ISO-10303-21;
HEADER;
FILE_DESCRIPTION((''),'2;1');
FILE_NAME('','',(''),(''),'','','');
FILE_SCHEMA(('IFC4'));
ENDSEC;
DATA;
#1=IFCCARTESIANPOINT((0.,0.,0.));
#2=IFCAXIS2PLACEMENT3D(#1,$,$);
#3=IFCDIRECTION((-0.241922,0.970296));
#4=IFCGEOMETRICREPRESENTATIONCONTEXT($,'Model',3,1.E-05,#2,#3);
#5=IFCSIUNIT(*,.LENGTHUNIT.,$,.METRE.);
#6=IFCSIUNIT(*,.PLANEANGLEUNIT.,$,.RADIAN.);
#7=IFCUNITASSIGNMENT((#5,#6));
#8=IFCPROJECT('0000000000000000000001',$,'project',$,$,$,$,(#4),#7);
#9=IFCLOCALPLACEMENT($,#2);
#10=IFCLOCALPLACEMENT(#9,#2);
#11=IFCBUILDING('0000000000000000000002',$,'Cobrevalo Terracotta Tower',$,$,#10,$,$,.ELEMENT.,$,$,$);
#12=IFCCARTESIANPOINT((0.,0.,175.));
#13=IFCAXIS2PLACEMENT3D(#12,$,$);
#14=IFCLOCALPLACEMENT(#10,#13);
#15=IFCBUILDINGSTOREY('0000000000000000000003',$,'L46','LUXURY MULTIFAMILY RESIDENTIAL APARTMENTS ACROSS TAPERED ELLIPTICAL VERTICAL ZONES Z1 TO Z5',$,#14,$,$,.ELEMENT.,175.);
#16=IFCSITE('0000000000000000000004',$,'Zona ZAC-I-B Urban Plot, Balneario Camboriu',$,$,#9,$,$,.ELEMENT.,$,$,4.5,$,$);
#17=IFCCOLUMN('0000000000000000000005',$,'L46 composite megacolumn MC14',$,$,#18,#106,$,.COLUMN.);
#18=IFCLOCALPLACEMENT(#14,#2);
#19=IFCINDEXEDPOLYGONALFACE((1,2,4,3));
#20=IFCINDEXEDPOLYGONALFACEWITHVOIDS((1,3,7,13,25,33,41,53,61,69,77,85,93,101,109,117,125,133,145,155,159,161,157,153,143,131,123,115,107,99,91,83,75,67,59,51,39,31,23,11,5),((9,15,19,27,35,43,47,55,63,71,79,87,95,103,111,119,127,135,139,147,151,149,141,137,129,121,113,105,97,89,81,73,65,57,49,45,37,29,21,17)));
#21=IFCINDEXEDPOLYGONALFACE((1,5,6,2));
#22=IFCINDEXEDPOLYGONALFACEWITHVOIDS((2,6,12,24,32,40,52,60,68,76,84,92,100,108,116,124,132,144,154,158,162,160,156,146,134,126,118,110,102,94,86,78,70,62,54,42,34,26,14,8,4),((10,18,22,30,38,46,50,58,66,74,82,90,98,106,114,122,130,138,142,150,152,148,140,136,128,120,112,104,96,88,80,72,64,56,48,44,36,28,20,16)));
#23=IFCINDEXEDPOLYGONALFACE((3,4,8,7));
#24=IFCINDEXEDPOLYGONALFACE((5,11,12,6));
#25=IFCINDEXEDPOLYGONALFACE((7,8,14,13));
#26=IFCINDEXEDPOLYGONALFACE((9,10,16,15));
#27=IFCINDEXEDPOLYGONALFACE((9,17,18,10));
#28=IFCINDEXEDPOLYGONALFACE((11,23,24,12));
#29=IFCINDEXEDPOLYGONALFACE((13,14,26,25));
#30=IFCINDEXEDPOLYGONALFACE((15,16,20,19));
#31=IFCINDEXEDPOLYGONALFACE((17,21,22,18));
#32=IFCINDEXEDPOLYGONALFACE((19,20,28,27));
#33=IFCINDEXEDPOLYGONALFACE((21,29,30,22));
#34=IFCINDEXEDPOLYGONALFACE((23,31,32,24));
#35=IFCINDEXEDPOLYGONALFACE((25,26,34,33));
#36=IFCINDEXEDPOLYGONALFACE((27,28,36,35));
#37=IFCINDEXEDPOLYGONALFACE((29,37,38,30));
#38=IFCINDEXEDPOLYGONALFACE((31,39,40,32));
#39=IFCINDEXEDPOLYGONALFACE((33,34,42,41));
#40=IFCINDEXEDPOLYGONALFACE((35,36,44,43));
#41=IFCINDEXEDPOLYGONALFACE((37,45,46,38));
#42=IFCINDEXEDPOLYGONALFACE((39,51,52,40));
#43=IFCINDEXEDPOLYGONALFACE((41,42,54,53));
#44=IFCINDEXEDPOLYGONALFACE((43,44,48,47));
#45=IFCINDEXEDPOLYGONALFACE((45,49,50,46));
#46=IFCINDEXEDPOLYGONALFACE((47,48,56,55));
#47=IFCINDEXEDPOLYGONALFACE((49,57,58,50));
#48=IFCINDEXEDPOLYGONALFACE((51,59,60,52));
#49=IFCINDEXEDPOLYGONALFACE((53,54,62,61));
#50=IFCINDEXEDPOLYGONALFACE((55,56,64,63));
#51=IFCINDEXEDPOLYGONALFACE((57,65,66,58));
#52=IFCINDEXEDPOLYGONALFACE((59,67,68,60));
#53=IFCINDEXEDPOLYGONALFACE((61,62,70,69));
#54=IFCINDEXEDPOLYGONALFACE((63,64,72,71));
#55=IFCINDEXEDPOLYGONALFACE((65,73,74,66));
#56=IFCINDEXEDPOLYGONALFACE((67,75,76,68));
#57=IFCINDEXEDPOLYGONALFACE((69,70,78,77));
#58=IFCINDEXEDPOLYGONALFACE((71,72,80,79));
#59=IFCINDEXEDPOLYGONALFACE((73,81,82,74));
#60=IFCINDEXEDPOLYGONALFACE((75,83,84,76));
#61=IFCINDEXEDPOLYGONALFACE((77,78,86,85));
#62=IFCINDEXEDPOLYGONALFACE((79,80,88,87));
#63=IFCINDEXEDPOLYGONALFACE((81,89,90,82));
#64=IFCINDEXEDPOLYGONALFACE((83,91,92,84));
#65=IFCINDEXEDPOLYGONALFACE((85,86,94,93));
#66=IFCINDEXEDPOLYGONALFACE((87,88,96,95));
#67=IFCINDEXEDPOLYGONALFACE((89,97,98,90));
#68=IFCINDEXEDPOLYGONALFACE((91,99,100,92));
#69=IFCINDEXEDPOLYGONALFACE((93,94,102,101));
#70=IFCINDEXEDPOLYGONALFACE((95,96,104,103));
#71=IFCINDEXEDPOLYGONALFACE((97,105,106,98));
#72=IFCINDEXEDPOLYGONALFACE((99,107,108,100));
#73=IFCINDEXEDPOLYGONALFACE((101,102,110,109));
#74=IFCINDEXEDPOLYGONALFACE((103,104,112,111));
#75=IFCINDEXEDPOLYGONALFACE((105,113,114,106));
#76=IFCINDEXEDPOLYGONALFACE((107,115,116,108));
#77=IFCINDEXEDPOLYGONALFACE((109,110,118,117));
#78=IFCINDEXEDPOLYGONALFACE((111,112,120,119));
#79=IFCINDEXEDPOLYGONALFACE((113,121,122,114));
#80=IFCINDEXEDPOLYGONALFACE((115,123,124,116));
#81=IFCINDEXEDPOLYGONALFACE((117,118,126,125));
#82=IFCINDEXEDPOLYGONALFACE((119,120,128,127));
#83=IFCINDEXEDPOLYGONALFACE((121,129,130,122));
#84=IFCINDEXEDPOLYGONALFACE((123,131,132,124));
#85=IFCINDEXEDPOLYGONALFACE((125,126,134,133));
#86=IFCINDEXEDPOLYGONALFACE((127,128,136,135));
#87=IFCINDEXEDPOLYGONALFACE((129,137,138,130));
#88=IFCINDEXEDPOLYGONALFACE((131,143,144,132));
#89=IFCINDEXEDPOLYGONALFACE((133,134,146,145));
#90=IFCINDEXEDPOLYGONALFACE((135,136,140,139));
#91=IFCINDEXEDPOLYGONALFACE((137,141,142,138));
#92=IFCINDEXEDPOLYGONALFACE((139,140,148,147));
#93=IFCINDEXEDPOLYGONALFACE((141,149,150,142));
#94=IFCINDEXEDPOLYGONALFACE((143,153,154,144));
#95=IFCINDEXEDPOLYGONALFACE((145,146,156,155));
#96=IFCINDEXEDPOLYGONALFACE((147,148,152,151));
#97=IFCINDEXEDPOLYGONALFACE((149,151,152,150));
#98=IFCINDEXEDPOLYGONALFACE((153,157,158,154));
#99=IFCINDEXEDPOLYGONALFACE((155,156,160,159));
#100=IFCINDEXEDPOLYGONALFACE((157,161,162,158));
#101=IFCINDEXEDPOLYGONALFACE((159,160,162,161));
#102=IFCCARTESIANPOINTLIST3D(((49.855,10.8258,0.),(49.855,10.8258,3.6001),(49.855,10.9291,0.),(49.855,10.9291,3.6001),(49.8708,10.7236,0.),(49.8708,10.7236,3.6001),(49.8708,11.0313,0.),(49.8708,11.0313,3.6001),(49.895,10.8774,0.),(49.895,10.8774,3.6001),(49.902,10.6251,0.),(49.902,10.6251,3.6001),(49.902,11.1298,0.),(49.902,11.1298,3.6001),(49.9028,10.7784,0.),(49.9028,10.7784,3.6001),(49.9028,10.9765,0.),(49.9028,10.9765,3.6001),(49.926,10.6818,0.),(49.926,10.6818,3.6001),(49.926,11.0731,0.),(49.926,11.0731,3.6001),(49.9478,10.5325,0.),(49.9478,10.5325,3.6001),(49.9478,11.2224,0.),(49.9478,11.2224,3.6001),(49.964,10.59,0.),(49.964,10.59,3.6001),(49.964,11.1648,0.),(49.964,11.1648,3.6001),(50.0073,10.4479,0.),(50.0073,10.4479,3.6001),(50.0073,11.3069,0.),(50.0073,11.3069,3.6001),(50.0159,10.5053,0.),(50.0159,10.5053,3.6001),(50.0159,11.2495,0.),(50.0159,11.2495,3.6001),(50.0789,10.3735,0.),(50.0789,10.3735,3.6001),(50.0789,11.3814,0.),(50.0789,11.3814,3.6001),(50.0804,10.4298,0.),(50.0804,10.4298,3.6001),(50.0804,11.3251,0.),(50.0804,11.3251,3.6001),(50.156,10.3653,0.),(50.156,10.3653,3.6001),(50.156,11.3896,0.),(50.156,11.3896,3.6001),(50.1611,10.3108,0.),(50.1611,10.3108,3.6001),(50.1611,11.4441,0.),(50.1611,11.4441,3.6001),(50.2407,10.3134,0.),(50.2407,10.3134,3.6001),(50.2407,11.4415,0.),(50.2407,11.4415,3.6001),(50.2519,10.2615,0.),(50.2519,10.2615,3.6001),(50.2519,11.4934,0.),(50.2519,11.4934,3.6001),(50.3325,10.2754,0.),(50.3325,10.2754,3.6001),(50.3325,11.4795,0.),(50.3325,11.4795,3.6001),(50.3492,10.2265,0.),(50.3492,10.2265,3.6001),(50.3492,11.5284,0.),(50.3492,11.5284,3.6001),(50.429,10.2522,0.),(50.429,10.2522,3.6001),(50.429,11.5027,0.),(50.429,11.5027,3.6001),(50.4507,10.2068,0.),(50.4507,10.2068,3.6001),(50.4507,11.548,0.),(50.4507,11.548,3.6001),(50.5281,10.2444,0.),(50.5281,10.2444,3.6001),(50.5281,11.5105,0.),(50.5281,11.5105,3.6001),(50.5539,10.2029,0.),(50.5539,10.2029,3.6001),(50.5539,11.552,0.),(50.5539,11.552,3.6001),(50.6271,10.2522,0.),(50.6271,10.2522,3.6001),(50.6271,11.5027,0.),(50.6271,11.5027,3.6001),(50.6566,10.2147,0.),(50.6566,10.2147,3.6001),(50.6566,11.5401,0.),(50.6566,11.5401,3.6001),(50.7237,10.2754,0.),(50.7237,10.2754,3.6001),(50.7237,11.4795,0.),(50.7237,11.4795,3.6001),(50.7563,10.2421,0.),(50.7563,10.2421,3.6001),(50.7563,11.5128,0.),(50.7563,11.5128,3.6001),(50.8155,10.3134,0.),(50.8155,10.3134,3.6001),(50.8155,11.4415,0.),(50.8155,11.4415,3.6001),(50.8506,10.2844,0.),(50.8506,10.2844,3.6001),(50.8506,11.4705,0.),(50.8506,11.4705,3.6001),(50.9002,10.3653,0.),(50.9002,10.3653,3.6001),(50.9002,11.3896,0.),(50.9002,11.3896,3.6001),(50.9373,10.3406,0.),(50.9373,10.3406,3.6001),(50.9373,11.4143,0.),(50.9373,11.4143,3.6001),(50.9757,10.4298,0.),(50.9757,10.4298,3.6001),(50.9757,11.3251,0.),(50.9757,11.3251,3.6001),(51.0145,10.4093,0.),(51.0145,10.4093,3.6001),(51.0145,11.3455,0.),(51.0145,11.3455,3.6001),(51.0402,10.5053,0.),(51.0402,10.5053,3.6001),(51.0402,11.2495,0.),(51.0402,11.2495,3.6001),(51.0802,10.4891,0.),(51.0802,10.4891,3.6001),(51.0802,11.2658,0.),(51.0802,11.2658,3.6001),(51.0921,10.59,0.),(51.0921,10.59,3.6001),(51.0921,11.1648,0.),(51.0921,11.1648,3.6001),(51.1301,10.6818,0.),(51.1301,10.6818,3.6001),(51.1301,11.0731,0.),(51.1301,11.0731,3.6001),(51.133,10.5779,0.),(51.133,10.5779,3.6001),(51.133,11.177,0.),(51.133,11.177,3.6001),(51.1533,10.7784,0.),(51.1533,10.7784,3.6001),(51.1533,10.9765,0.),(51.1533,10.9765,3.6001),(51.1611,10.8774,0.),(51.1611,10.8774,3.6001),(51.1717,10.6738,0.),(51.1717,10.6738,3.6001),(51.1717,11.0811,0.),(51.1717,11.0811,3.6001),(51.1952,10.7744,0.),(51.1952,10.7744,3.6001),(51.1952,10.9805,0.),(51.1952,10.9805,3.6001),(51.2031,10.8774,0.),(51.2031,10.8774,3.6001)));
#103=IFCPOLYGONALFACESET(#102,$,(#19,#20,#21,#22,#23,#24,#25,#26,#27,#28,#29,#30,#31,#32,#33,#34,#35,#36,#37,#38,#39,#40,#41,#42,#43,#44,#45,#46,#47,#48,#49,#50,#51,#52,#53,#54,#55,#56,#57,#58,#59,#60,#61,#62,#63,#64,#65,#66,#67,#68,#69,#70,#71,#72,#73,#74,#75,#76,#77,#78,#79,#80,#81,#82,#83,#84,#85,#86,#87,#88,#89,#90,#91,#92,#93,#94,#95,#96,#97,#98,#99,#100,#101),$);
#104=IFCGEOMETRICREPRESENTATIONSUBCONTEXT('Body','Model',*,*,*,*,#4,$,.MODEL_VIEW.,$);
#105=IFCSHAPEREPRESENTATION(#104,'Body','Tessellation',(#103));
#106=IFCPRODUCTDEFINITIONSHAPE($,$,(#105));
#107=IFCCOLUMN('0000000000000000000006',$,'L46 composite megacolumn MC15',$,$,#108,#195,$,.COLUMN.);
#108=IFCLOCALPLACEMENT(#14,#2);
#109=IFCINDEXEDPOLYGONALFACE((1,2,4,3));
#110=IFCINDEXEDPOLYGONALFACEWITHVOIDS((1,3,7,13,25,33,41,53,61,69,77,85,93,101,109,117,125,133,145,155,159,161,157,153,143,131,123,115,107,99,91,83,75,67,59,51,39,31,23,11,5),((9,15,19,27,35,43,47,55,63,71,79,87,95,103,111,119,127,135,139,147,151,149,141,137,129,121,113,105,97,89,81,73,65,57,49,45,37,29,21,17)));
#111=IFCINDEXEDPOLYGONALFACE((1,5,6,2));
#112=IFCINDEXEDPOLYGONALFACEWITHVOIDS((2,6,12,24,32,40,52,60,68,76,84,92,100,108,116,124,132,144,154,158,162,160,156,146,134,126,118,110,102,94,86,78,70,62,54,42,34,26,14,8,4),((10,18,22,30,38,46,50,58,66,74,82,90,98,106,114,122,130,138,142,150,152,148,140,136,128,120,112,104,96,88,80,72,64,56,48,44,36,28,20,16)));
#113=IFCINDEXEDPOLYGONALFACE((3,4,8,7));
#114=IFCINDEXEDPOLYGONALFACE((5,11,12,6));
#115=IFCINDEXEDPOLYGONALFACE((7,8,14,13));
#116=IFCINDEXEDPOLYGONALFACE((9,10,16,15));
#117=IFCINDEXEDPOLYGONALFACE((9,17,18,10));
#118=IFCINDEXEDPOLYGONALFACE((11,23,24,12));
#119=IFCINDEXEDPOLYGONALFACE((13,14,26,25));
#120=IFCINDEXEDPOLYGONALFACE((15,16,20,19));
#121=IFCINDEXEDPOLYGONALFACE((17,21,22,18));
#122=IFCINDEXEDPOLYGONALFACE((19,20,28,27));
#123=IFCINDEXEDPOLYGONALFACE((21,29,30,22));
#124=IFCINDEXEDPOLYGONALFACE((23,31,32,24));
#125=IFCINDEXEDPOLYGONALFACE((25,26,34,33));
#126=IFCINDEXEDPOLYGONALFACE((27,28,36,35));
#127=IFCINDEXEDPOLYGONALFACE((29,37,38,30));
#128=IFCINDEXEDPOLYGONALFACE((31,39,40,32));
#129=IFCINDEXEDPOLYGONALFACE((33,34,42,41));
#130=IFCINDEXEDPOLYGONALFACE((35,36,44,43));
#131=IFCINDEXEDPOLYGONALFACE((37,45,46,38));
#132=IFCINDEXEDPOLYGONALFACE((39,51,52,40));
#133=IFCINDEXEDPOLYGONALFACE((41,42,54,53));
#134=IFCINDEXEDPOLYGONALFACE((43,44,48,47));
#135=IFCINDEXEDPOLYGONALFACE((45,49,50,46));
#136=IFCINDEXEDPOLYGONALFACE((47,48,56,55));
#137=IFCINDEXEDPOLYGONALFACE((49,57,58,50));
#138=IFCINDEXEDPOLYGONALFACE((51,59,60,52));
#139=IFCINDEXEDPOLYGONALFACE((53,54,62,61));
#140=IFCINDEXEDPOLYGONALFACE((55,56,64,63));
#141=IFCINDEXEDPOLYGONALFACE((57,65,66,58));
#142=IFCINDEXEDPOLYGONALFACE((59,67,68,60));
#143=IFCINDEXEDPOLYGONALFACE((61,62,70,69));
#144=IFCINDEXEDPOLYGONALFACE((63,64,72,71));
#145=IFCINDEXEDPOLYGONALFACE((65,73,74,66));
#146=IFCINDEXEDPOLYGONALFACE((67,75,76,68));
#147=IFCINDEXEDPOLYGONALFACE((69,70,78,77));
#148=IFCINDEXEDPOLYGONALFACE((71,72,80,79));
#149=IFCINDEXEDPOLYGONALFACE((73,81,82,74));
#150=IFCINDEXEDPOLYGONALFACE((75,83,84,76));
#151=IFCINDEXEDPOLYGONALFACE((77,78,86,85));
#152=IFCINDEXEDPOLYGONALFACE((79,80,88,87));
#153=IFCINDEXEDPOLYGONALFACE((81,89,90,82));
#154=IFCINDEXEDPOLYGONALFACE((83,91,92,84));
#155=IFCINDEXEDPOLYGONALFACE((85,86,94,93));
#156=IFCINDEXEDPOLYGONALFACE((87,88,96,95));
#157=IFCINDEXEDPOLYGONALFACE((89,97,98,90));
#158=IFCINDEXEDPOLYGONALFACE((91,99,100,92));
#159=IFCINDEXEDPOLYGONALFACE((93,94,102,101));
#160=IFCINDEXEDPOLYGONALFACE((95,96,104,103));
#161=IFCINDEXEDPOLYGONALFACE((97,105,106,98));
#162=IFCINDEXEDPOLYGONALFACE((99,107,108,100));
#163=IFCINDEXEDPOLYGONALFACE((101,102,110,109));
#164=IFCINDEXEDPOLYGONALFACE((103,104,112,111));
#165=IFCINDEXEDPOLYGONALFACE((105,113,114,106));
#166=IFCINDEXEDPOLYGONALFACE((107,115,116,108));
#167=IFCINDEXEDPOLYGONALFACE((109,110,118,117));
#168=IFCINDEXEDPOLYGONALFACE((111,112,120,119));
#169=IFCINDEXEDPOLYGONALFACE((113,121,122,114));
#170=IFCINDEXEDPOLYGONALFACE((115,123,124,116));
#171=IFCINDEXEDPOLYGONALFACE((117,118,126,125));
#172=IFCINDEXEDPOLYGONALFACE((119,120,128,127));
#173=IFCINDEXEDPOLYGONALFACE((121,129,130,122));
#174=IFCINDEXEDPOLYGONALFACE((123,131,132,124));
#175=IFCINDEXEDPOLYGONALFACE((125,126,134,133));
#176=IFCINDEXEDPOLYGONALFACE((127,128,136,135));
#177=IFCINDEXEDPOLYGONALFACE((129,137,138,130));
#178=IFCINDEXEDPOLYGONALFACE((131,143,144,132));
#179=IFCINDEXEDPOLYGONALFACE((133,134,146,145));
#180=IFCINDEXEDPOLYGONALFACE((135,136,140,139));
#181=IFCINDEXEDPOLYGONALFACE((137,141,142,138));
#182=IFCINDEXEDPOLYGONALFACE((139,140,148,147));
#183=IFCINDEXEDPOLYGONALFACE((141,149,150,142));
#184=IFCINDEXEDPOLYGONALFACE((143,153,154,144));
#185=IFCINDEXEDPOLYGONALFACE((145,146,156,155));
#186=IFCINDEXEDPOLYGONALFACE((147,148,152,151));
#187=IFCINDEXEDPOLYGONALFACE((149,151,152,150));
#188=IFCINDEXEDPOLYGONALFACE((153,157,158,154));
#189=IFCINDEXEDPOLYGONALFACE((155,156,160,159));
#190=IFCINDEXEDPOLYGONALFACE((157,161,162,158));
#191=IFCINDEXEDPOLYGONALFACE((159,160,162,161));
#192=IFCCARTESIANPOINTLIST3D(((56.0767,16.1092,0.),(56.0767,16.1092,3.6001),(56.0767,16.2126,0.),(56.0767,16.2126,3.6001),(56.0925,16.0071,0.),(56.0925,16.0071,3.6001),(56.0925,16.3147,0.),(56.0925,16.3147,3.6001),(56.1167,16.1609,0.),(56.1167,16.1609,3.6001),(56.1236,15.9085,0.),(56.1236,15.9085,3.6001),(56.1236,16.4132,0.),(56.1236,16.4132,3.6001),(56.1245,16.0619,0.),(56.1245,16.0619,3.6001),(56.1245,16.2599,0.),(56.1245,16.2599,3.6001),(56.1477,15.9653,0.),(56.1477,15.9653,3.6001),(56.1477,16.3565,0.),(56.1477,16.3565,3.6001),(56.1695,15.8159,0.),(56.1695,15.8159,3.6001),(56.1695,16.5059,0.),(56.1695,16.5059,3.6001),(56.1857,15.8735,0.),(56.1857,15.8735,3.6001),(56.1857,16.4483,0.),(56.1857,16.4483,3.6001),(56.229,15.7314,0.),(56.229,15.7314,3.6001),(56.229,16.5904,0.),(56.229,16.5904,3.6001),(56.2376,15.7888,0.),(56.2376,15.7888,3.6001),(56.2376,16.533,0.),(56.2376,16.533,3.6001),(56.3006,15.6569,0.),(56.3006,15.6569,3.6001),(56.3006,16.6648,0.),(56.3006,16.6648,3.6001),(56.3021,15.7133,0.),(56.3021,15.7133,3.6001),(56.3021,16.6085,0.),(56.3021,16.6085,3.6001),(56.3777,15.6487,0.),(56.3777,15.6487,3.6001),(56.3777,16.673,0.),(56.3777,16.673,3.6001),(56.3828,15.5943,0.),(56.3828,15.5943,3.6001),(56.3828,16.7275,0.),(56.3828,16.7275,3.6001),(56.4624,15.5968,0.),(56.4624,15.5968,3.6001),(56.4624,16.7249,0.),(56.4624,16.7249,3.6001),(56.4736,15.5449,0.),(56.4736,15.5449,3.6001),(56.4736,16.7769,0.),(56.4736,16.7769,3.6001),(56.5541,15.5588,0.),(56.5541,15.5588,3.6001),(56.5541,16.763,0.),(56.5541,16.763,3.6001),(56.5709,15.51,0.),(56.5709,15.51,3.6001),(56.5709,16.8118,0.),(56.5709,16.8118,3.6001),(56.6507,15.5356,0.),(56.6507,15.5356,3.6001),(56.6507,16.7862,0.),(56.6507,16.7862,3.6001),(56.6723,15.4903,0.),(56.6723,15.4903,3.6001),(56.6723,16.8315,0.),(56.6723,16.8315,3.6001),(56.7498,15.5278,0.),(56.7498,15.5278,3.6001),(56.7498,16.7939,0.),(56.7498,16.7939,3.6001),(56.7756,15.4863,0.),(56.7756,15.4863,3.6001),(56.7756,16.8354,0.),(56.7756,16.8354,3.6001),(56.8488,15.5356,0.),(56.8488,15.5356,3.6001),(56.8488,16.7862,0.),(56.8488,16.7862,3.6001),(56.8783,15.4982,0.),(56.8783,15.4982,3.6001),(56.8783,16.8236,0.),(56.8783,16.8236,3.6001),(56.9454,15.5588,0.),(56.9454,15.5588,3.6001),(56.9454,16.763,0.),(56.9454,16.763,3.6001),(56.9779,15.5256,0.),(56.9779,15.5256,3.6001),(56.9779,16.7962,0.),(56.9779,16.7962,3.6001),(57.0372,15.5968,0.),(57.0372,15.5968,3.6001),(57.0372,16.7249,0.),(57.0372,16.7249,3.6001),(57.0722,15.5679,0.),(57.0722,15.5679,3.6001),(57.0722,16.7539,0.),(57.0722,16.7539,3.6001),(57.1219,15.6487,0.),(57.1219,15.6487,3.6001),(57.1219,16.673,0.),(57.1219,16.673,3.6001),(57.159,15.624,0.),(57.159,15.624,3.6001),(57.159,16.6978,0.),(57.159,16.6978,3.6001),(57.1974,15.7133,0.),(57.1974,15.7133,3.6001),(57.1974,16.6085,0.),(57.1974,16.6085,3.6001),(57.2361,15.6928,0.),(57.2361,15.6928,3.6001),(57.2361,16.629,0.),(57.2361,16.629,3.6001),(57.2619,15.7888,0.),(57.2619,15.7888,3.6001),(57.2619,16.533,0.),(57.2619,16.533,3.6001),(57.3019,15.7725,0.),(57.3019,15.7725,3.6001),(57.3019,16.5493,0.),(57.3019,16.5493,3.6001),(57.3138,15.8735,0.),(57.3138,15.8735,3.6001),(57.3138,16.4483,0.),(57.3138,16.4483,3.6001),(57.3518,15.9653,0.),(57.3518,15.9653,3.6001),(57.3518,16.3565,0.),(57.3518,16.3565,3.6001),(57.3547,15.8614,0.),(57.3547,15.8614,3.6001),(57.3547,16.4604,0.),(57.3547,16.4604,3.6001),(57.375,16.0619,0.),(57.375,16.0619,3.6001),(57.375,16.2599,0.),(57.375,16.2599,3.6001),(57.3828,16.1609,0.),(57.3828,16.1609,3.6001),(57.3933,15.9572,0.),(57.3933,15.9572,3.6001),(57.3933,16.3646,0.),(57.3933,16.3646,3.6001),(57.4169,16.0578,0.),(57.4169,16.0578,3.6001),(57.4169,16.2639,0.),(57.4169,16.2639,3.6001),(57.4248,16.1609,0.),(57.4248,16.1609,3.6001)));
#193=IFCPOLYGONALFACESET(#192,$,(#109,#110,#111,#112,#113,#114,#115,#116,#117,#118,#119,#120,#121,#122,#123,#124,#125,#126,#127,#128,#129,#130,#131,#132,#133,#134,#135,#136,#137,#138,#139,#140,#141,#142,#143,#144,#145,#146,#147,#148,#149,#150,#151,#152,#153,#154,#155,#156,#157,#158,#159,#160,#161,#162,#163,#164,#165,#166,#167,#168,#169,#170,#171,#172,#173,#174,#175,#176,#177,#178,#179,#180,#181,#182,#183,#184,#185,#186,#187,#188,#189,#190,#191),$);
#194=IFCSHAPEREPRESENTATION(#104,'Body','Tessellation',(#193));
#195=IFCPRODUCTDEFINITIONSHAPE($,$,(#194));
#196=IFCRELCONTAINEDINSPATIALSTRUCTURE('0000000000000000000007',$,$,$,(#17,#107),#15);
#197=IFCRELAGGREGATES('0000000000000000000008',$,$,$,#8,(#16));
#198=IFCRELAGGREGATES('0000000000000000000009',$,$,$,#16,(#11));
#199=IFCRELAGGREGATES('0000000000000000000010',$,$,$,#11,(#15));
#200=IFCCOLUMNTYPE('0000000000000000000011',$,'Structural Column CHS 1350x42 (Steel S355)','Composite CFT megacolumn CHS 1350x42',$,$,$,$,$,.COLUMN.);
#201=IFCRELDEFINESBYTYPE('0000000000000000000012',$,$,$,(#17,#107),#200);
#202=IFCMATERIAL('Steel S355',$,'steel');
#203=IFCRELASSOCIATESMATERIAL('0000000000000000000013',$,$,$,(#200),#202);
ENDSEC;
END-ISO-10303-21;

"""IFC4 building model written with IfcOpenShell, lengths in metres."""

from ifc_helpers import new_model, si_unit, direction, frame, origin, origin_2d, place, context, subcontext, project, spatial, hollow_circle, extrude, material, material_profile, profile_set, type_object, element, save


model = new_model("IFC4")

# Units and contexts
model_context = context("Model", 3, precision=1e-05, world=origin(), true_north=direction((-0.241922, 0.970296)))
body_context = subcontext(model_context, "Body", "Model", "MODEL_VIEW")
ifc_project = project(units=[si_unit("LENGTHUNIT", "METRE"), si_unit("PLANEANGLEUNIT", "RADIAN")], contexts=[model_context])

# Site, building, storey
site_placement = place(None, origin())
site = spatial("IfcSite", under=ifc_project, at=site_placement, Name="Zona ZAC-I-B Urban Plot, Balneario Camboriu", CompositionType="ELEMENT", RefElevation=4.5)
building_placement = place(site_placement, origin())
building = spatial("IfcBuilding", under=site, at=building_placement, Name="Cobrevalo Terracotta Tower", CompositionType="ELEMENT")
storey_placement = place(building_placement, frame((0.0, 0.0, 175.0)))
storey = spatial("IfcBuildingStorey", under=building, at=storey_placement, Name="L46", Description="LUXURY MULTIFAMILY RESIDENTIAL APARTMENTS ACROSS TAPERED ELLIPTICAL VERTICAL ZONES Z1 TO Z5", CompositionType="ELEMENT", Elevation=175.0)

# Columns
ifc_material_1 = material(Name="Steel S355", Category="steel")
ifc_material_profile_1 = material_profile(ifc_material_1, hollow_circle(Radius=0.675, WallThickness=0.042, at=origin_2d()), Name="CHS 1350x42")
ifc_profile_set_1 = profile_set([ifc_material_profile_1], Name="Steel S355")
column_type = type_object("IfcColumnType", Name="Structural Column CHS 1350x42 (Steel S355)", Description="Composite CFT megacolumn CHS 1350x42", PredefinedType="COLUMN", material=ifc_profile_set_1)
for number, where, z_axis, x_axis, name in (
    (1, (50.5281, 10.8774, 0.0), (0.0, 0.0, 1.0), (1.0, 0.0, 0.0), "L46 composite megacolumn MC14"),
    (2, (56.7498, 16.1609, 0.0), (0.0, 0.0, 1.0), (1.0, 0.0, 0.0), "L46 composite megacolumn MC15"),
):
    element("IfcColumn", number, at=place(storey_placement, frame(where, z_axis=z_axis, x_axis=x_axis)), inside=storey, type_object=column_type, Name=name, PredefinedType="COLUMN", context=body_context, shape_type="SweptSolid", body=[
        extrude(hollow_circle(Radius=0.675, WallThickness=0.042, at=origin_2d()), origin(), (0.0, 0.0, 1.0), 3.6001),
    ])

save(model, "model.ifc")
